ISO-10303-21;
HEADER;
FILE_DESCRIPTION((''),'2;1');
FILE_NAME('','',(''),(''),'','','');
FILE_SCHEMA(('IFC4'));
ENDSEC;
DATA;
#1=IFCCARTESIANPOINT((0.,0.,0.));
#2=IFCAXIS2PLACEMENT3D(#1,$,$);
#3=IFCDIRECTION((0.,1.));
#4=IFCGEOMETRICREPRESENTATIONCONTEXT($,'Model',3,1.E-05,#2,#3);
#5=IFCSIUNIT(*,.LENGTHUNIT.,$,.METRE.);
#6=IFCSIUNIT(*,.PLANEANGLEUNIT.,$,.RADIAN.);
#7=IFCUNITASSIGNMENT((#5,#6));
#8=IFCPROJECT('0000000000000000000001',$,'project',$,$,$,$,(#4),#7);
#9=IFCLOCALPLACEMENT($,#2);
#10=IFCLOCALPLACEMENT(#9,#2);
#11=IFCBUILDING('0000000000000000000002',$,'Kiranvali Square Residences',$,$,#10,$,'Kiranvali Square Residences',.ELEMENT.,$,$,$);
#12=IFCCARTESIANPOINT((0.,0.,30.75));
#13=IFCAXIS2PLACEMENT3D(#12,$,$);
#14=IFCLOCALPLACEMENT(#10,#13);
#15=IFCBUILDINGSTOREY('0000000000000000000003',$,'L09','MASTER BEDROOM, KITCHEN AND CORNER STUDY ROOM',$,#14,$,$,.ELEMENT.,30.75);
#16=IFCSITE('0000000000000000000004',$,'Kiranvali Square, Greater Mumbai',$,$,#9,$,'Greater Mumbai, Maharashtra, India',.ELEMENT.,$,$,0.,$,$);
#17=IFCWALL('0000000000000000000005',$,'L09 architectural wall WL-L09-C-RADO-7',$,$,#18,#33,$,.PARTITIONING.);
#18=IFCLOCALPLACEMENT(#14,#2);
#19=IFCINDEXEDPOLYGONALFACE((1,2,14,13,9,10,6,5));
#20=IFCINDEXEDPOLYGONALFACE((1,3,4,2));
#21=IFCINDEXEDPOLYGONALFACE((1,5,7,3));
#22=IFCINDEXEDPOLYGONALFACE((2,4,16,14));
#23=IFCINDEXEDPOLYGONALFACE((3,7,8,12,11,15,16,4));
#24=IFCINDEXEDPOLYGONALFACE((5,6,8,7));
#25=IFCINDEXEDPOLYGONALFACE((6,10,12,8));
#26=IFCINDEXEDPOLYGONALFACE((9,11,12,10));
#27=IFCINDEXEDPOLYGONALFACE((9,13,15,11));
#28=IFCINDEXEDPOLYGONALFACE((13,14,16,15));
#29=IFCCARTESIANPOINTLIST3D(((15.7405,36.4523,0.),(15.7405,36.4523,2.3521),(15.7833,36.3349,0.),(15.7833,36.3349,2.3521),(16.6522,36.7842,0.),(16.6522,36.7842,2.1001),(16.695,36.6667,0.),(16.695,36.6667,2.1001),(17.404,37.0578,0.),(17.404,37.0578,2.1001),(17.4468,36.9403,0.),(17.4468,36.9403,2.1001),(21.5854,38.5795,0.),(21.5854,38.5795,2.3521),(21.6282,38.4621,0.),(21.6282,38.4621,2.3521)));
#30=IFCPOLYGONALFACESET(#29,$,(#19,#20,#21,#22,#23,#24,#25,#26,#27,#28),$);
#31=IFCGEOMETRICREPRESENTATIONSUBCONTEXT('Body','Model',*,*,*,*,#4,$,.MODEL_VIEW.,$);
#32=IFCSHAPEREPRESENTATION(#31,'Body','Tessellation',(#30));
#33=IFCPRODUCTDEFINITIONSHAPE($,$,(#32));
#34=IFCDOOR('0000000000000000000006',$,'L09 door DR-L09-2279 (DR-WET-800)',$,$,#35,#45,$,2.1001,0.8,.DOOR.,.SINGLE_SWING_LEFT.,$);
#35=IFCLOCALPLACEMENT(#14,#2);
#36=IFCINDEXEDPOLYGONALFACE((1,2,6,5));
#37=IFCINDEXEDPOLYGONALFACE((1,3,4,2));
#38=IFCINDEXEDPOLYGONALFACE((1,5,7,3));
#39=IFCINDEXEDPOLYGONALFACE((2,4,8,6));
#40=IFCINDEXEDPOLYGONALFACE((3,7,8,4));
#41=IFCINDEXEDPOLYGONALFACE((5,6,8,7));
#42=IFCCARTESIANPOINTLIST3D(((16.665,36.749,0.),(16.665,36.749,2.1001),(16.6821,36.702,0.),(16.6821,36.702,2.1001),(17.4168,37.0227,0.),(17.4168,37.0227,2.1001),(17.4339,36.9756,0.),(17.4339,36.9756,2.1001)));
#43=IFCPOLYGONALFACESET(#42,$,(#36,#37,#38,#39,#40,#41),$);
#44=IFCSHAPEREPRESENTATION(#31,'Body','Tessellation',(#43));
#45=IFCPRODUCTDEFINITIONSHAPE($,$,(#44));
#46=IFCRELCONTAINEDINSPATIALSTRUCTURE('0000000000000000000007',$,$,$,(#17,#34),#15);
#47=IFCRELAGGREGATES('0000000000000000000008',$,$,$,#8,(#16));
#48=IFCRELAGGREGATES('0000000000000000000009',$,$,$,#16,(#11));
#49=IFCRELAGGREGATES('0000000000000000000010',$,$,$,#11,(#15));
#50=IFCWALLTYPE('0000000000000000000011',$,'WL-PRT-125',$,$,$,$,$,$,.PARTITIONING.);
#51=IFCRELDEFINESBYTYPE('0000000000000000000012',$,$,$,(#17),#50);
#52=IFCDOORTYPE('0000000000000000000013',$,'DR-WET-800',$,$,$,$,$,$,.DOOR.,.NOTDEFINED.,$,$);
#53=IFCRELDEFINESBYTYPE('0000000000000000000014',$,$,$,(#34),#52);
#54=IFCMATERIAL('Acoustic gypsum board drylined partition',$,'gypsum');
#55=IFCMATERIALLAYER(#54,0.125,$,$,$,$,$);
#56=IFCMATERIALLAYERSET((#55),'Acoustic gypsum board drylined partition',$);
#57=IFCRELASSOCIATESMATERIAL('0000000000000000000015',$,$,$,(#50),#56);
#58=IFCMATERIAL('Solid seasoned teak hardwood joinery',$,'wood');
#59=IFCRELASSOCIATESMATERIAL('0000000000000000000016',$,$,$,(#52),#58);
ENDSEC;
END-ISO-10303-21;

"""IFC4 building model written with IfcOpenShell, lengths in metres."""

from ifc_helpers import new_model, si_unit, direction, frame, frame_2d, origin, place, context, subcontext, project, spatial, rectangle, extrude, material, layer, layer_set, type_object, element, fill, save


model = new_model("IFC4")

# Units and contexts
model_context = context("Model", 3, precision=1e-05, world=origin(), true_north=direction((0.0, 1.0)))
body_context = subcontext(model_context, "Body", "Model", "MODEL_VIEW")
ifc_project = project(units=[si_unit("LENGTHUNIT", "METRE"), si_unit("PLANEANGLEUNIT", "RADIAN")], contexts=[model_context])

# Site, building, storey
site_placement = place(None, origin())
site = spatial("IfcSite", under=ifc_project, at=site_placement, Name="Kiranvali Square, Greater Mumbai", LongName="Greater Mumbai, Maharashtra, India", CompositionType="ELEMENT", RefElevation=0.0)
building_placement = place(site_placement, origin())
building = spatial("IfcBuilding", under=site, at=building_placement, Name="Kiranvali Square Residences", LongName="Kiranvali Square Residences", CompositionType="ELEMENT")
storey_placement = place(building_placement, frame((0.0, 0.0, 30.75)))
storey = spatial("IfcBuildingStorey", under=building, at=storey_placement, Name="L09", Description="MASTER BEDROOM, KITCHEN AND CORNER STUDY ROOM", CompositionType="ELEMENT", Elevation=30.75)

# Wall, opening, door
ifc_material_1 = material(Name="Acoustic gypsum board drylined partition", Category="gypsum")
ifc_layer_1 = layer(ifc_material_1, 0.125)
ifc_layer_set_1 = layer_set([ifc_layer_1], Name="Acoustic gypsum board drylined partition")
wall_type_1 = type_object("IfcWallType", Name="WL-PRT-125", PredefinedType="PARTITIONING", material=ifc_layer_set_1)
wall_1_placement = place(storey_placement, frame((21.6067, 38.5208, 0.0), z_axis=(0.0, 0.0, 1.0), x_axis=(-0.939703, -0.341992, 0.0)))
wall_1 = element("IfcWall", 1, at=wall_1_placement, inside=storey, type_object=wall_type_1, Name="L09 architectural wall WL-L09-C-RADO-7", PredefinedType="PARTITIONING", context=body_context, shape_type="SweptSolid", body=[
    extrude(rectangle(XDim=6.22, YDim=0.125, at=frame_2d((3.1099, 0.0))), origin(), (0.0, 0.0, 1.0), 2.3521),
])
opening_1_placement = place(wall_1_placement, frame((4.4497, 0.0, 0.0)))
opening_1 = element("IfcOpeningElement", 2, at=opening_1_placement, cuts=wall_1, PredefinedType="OPENING", context=body_context, shape_type="SweptSolid", body=[
    extrude(rectangle(XDim=0.8, YDim=2.1001, at=frame_2d((0.3999, 1.05))), frame((0.0, 0.0725, 0.0), z_axis=(0.0, -1.0, 0.0), x_axis=(1.0, 0.0, 0.0)), (0.0, 0.0, 1.0), 0.145),
])
ifc_material_2 = material(Name="Solid seasoned teak hardwood joinery", Category="wood")
door_type_1 = type_object("IfcDoorType", Name="DR-WET-800", OperationType="NOTDEFINED", PredefinedType="DOOR", material=ifc_material_2)
door_1_placement = place(opening_1_placement, origin())
door_1 = element("IfcDoor", 3, at=door_1_placement, inside=storey, type_object=door_type_1, Name="L09 door DR-L09-2279 (DR-WET-800)", OperationType="SINGLE_SWING_LEFT", OverallHeight=2.1001, OverallWidth=0.8, PredefinedType="DOOR", context=body_context, shape_type="SweptSolid", body=[
    extrude(rectangle(XDim=0.8, YDim=2.1001, at=frame_2d((0.3999, 1.05))), frame((0.0, 0.0249, 0.0), z_axis=(0.0, -1.0, 0.0), x_axis=(1.0, 0.0, 0.0)), (0.0, 0.0, 1.0), 0.05),
])
fill(opening_1, door_1)

save(model, "model.ifc")
